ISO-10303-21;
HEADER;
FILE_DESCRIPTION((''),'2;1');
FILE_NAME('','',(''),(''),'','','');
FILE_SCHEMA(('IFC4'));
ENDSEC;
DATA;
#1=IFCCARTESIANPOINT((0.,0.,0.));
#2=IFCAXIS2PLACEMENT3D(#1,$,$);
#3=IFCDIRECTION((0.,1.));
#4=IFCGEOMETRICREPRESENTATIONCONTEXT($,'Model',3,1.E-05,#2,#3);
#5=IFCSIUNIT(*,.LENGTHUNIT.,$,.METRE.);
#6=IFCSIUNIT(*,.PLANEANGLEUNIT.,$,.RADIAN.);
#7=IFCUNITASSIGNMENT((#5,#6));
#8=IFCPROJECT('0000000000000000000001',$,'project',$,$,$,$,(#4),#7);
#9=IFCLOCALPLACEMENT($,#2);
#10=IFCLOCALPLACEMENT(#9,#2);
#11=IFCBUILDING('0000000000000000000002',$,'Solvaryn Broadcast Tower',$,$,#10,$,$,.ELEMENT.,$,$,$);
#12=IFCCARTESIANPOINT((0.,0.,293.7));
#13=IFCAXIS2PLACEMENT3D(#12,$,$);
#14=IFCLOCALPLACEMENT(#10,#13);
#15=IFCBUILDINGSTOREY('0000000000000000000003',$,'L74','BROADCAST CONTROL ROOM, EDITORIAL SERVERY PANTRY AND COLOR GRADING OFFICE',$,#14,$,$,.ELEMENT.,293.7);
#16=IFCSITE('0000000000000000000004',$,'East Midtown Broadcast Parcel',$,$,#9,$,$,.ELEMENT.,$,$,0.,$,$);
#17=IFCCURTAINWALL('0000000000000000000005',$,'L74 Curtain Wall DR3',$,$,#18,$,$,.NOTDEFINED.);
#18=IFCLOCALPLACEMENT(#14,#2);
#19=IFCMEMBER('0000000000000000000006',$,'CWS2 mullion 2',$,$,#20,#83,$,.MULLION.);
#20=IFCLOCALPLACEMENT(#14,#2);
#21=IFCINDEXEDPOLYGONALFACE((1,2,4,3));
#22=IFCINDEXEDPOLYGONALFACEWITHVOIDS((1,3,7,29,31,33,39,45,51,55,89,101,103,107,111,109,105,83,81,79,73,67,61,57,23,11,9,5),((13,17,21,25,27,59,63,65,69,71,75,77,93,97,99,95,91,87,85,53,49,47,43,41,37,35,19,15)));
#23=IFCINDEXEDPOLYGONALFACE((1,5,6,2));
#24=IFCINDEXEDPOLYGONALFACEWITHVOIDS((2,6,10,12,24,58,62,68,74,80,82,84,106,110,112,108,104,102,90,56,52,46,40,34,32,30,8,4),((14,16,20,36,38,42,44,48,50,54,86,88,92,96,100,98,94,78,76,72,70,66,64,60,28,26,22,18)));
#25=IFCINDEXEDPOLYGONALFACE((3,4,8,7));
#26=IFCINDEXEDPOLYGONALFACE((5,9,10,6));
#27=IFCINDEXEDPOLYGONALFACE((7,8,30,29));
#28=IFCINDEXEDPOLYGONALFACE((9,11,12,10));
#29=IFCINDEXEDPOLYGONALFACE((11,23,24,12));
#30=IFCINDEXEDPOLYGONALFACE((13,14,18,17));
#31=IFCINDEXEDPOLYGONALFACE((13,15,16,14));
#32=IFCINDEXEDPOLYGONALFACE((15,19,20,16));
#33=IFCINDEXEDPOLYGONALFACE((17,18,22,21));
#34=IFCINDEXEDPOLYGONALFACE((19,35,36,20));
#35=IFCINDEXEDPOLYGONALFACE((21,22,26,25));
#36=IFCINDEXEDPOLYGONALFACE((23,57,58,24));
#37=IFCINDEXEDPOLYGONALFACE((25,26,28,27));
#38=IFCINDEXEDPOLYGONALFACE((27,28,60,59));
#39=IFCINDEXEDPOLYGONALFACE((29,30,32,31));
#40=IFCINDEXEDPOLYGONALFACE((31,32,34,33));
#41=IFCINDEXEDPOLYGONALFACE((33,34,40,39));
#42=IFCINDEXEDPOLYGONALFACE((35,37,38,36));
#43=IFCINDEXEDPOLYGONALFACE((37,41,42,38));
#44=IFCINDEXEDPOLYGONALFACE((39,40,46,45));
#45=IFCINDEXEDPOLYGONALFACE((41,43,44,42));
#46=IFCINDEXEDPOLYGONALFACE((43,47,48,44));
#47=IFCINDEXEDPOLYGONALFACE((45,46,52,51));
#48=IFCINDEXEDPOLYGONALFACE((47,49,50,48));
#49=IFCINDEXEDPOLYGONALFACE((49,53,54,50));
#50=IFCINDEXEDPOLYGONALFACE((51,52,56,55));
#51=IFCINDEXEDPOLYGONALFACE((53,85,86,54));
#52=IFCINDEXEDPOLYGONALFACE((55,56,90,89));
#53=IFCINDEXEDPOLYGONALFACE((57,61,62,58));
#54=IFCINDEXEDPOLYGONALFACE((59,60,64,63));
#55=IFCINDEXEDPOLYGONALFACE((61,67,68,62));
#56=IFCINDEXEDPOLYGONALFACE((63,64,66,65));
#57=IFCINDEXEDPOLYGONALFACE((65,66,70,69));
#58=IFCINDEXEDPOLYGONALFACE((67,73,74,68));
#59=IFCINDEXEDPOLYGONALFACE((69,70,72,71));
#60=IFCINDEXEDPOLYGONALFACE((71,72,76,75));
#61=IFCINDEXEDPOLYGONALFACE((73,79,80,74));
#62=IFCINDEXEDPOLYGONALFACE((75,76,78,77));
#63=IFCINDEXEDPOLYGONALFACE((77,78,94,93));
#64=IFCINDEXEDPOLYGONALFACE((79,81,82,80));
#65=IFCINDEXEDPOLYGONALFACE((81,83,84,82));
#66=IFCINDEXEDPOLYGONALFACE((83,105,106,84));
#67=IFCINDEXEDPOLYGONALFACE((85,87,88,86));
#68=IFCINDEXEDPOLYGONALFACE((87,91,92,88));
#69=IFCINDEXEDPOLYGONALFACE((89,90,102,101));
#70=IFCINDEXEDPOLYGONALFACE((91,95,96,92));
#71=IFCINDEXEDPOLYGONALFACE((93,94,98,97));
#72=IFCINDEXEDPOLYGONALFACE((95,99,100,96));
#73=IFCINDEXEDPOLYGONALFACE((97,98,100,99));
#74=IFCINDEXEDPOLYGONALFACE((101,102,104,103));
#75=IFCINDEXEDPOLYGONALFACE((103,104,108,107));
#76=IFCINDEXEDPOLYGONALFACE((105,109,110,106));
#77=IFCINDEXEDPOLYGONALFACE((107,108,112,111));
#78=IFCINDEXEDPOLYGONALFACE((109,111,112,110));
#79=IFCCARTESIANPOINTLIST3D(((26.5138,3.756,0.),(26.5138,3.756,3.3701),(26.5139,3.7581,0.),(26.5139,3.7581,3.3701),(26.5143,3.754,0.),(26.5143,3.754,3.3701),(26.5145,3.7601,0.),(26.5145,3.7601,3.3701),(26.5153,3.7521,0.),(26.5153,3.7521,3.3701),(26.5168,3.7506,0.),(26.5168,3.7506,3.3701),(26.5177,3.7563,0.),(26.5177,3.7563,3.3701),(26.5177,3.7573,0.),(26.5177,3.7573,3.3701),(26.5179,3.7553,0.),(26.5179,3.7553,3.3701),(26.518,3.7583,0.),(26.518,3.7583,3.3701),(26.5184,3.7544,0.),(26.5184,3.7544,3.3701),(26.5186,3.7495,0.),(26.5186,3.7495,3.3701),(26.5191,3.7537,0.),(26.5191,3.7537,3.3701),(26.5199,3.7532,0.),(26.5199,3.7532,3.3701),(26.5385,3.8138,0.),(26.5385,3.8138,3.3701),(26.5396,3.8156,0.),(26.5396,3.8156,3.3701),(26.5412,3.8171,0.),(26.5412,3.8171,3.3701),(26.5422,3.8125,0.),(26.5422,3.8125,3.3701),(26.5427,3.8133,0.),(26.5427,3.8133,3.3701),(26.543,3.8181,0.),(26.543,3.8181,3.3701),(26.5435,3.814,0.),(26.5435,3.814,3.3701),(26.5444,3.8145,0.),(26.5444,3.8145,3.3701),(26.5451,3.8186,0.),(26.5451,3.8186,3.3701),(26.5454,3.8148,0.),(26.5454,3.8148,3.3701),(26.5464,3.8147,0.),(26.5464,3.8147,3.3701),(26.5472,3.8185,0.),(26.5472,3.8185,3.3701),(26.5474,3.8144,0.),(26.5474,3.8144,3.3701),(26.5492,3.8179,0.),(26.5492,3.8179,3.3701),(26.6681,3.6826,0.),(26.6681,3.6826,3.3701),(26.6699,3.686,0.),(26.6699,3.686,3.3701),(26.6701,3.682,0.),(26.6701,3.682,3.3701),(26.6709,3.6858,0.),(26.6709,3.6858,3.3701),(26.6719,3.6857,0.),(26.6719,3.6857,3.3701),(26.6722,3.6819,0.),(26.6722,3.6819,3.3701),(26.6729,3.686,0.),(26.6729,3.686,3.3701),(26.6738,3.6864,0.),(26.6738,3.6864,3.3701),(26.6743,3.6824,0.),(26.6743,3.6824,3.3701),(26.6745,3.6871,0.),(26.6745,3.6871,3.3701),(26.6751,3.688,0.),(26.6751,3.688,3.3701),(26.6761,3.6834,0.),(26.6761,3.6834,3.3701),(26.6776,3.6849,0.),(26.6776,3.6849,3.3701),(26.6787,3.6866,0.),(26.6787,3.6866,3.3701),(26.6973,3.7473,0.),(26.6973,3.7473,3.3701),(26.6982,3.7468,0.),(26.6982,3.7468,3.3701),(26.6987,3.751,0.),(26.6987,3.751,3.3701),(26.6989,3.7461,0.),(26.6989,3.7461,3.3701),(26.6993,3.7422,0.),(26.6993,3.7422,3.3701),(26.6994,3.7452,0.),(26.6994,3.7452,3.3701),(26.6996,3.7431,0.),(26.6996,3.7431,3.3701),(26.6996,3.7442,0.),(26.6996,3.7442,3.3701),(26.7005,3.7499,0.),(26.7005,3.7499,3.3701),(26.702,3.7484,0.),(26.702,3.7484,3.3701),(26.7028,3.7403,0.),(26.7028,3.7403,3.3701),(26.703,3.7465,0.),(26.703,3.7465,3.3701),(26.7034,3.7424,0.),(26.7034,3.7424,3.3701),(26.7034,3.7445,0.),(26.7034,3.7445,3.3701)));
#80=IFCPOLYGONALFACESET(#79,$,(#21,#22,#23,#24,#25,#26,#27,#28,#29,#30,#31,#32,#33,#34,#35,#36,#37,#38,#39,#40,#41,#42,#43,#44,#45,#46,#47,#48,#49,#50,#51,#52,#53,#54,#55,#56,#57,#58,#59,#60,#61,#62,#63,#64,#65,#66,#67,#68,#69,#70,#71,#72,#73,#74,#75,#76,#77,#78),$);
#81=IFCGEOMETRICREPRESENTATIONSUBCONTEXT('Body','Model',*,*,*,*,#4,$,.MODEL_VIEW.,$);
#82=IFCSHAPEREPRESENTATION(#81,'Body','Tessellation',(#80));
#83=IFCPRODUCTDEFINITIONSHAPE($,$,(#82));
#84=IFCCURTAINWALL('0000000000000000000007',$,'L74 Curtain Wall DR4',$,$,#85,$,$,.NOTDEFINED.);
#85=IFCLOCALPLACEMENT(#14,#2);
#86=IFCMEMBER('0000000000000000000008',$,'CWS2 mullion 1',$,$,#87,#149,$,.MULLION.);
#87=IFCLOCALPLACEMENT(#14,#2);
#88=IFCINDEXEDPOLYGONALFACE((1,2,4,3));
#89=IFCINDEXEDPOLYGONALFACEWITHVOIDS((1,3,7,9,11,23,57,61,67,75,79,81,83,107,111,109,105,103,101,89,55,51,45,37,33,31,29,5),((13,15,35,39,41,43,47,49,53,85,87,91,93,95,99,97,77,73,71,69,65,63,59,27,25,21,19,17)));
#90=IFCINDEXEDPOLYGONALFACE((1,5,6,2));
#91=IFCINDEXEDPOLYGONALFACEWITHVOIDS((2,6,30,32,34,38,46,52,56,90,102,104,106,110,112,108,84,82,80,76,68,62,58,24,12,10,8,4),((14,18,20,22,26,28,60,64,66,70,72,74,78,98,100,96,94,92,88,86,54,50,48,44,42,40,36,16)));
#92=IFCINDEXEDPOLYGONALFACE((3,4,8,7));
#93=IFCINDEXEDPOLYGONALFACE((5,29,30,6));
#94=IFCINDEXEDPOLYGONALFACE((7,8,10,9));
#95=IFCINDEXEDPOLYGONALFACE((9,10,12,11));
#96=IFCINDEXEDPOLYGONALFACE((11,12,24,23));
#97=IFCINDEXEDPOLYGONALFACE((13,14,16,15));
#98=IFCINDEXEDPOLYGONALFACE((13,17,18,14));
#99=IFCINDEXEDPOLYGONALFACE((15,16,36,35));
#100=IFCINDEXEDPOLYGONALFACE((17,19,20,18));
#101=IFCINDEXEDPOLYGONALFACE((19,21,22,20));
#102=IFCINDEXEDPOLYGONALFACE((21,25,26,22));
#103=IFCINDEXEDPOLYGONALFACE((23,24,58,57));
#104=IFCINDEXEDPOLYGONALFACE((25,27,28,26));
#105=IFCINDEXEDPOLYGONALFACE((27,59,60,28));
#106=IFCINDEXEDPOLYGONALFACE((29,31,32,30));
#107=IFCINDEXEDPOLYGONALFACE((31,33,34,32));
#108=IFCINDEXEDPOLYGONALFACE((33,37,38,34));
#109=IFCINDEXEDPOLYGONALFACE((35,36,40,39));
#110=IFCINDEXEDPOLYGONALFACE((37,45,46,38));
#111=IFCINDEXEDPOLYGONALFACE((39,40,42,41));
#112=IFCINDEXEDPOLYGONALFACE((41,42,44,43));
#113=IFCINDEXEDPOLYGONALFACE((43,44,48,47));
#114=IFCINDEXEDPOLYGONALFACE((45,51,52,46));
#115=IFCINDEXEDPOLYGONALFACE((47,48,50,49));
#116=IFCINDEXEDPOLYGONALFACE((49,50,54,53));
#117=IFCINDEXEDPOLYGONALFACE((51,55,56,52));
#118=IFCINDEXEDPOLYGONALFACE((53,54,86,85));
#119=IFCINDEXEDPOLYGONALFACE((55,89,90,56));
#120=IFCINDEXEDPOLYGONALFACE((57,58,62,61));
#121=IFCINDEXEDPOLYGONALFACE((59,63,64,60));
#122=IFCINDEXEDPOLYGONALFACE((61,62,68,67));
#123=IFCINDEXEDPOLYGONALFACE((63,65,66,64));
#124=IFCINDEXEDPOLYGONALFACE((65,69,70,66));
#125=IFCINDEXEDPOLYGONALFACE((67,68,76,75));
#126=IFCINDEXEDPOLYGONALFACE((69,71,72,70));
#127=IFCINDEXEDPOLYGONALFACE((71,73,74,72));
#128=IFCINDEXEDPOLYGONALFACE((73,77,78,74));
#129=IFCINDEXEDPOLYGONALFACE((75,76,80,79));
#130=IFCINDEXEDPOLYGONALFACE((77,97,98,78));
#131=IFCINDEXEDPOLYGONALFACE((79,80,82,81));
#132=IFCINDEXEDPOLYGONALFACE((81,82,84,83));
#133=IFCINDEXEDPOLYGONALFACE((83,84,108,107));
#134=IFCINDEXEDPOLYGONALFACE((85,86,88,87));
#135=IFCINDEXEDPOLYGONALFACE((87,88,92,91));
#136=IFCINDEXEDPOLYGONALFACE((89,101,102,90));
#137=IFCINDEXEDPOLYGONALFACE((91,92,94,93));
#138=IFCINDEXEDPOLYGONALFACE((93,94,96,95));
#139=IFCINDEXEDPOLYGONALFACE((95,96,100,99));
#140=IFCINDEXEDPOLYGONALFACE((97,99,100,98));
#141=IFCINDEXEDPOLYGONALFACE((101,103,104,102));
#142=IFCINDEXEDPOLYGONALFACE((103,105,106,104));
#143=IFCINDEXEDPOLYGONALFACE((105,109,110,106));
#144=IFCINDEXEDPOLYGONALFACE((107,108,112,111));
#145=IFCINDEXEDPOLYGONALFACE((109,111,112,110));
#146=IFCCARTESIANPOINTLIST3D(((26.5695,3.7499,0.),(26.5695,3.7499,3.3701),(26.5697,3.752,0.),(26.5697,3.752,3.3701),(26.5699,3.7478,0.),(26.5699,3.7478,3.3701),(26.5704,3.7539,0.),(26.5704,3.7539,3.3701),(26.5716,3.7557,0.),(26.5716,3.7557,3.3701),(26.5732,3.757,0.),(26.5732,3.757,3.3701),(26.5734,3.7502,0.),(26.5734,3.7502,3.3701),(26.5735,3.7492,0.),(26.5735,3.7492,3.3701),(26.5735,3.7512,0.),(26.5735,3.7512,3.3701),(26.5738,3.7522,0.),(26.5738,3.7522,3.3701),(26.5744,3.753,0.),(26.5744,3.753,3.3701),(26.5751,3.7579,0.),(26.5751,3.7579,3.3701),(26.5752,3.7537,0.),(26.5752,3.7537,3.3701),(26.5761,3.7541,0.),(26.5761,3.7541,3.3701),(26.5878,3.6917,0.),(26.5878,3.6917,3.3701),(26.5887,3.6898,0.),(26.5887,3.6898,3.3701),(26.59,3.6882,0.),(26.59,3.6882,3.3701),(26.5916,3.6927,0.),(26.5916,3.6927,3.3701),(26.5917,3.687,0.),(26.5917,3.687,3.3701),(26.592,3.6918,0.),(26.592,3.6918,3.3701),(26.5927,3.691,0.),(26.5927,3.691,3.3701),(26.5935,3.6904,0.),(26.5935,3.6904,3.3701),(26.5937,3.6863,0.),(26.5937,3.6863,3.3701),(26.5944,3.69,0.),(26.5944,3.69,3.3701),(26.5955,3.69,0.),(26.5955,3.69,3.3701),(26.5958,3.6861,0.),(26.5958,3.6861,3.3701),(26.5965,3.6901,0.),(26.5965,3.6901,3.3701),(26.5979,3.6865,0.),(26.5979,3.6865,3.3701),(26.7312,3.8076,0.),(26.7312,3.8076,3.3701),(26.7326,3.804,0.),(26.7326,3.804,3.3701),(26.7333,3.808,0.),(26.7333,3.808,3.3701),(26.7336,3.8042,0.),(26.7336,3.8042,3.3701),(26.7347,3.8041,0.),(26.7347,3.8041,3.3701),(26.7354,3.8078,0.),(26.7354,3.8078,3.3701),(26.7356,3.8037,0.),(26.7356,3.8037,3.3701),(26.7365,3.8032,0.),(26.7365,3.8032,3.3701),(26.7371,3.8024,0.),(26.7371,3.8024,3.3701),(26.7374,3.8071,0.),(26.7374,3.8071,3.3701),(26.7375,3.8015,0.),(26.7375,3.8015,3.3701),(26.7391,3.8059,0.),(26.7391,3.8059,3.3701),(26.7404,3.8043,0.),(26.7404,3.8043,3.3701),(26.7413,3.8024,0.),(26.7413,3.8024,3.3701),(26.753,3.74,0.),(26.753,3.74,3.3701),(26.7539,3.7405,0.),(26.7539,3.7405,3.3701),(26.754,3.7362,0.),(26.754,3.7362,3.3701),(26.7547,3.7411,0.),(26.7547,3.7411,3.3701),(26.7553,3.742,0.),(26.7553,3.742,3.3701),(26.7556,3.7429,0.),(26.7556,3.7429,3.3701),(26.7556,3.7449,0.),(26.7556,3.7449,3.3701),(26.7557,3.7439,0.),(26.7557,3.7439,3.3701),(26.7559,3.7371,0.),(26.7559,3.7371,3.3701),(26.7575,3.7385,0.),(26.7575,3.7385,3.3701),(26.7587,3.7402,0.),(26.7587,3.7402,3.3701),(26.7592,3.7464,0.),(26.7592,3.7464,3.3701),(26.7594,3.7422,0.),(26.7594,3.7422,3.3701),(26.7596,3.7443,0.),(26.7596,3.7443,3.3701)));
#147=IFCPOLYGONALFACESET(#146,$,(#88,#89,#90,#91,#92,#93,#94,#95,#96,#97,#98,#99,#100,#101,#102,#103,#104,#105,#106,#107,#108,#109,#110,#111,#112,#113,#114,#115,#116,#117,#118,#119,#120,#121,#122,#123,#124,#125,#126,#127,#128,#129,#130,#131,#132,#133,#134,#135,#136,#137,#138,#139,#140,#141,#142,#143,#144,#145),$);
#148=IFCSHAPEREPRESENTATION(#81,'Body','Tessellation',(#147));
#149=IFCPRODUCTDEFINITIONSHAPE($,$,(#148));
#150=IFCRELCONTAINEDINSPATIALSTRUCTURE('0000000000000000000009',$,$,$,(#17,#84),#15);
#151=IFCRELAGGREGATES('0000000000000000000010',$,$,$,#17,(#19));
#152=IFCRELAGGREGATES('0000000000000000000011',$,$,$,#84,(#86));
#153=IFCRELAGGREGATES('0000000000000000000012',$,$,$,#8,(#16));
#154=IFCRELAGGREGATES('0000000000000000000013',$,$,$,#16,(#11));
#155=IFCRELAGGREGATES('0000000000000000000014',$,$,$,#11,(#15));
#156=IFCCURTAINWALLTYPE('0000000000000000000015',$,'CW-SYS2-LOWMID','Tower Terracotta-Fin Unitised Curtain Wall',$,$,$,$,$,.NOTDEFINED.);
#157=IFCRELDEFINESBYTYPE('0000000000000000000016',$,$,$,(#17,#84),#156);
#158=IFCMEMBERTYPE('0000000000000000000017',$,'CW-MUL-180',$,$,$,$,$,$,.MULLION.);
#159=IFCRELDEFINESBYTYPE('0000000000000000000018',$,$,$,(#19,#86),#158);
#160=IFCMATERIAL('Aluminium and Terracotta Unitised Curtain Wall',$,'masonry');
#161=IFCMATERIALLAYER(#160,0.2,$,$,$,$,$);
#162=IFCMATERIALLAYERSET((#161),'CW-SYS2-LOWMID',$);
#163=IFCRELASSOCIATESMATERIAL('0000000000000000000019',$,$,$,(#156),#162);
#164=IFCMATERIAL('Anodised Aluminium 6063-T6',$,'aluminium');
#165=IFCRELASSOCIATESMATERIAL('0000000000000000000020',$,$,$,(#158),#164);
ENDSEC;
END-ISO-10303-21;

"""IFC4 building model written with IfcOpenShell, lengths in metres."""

from ifc_helpers import new_model, si_unit, direction, frame, origin, origin_2d, place, context, subcontext, project, spatial, hollow_rectangle, extrude, material, layer, layer_set, material_profile, profile_set, type_object, element, aggregate, save


model = new_model("IFC4")

# Units and contexts
model_context = context("Model", 3, precision=1e-05, world=origin(), true_north=direction((0.0, 1.0)))
body_context = subcontext(model_context, "Body", "Model", "MODEL_VIEW")
ifc_project = project(units=[si_unit("LENGTHUNIT", "METRE"), si_unit("PLANEANGLEUNIT", "RADIAN")], contexts=[model_context])

# Site, building, storey
site_placement = place(None, origin())
site = spatial("IfcSite", under=ifc_project, at=site_placement, Name="East Midtown Broadcast Parcel", CompositionType="ELEMENT", RefElevation=0.0)
building_placement = place(site_placement, origin())
building = spatial("IfcBuilding", under=site, at=building_placement, Name="Solvaryn Broadcast Tower", CompositionType="ELEMENT")
storey_placement = place(building_placement, frame((0.0, 0.0, 293.7)))
storey = spatial("IfcBuildingStorey", under=building, at=storey_placement, Name="L74", Description="BROADCAST CONTROL ROOM, EDITORIAL SERVERY PANTRY AND COLOR GRADING OFFICE", CompositionType="ELEMENT", Elevation=293.7)

# Curtain wall, member
ifc_material_1 = material(Name="Aluminium and Terracotta Unitised Curtain Wall", Category="masonry")
ifc_layer_1 = layer(ifc_material_1, 0.2)
ifc_layer_set_1 = layer_set([ifc_layer_1], Name="CW-SYS2-LOWMID")
curtain_wall_type = type_object("IfcCurtainWallType", Name="CW-SYS2-LOWMID", Description="Tower Terracotta-Fin Unitised Curtain Wall", PredefinedType="NOTDEFINED", material=ifc_layer_set_1)
curtain_wall_1_placement = place(storey_placement, origin())
curtain_wall_1 = element("IfcCurtainWall", 1, at=curtain_wall_1_placement, inside=storey, type_object=curtain_wall_type, Name="L74 Curtain Wall DR3", PredefinedType="NOTDEFINED")
ifc_material_2 = material(Name="Anodised Aluminium 6063-T6", Category="aluminium")
ifc_material_profile_1 = material_profile(ifc_material_2, hollow_rectangle(XDim=0.075, YDim=0.1799, WallThickness=0.0039, InnerFilletRadius=0.0039, OuterFilletRadius=0.0081, at=origin_2d()))
ifc_profile_set_1 = profile_set([ifc_material_profile_1], Name="Anodised Aluminium 6063-T6")
member_type_1 = type_object("IfcMemberType", Name="CW-MUL-180", PredefinedType="MULLION", material=ifc_profile_set_1)
member_1_placement = place(storey_placement, frame((26.6086, 3.7502, 0.0), z_axis=(0.0, 0.0, 1.0), x_axis=(0.408466, 0.912774, 0.0)))
member_1 = element("IfcMember", 2, at=member_1_placement, type_object=member_type_1, Name="CWS2 mullion 2", PredefinedType="MULLION", context=body_context, shape_type="SweptSolid", body=[
    extrude(hollow_rectangle(XDim=0.075, YDim=0.1799, WallThickness=0.0039, InnerFilletRadius=0.0039, OuterFilletRadius=0.0081, at=origin_2d()), origin(), (0.0, 0.0, 1.0), 3.3701),
])
aggregate(curtain_wall_1, [member_1])

# Curtain wall, member
curtain_wall_2_placement = place(storey_placement, origin())
curtain_wall_2 = element("IfcCurtainWall", 3, at=curtain_wall_2_placement, inside=storey, type_object=curtain_wall_type, Name="L74 Curtain Wall DR4", PredefinedType="NOTDEFINED")
member_2_placement = place(storey_placement, frame((26.6646, 3.7471, 0.0), z_axis=(0.0, 0.0, 1.0), x_axis=(-0.303616, 0.952795, 0.0)))
member_2 = element("IfcMember", 4, at=member_2_placement, type_object=member_type_1, Name="CWS2 mullion 1", PredefinedType="MULLION", context=body_context, shape_type="SweptSolid", body=[
    extrude(hollow_rectangle(XDim=0.075, YDim=0.1799, WallThickness=0.0039, InnerFilletRadius=0.0039, OuterFilletRadius=0.0081, at=origin_2d()), origin(), (0.0, 0.0, 1.0), 3.3701),
])
aggregate(curtain_wall_2, [member_2])

save(model, "model.ifc")
